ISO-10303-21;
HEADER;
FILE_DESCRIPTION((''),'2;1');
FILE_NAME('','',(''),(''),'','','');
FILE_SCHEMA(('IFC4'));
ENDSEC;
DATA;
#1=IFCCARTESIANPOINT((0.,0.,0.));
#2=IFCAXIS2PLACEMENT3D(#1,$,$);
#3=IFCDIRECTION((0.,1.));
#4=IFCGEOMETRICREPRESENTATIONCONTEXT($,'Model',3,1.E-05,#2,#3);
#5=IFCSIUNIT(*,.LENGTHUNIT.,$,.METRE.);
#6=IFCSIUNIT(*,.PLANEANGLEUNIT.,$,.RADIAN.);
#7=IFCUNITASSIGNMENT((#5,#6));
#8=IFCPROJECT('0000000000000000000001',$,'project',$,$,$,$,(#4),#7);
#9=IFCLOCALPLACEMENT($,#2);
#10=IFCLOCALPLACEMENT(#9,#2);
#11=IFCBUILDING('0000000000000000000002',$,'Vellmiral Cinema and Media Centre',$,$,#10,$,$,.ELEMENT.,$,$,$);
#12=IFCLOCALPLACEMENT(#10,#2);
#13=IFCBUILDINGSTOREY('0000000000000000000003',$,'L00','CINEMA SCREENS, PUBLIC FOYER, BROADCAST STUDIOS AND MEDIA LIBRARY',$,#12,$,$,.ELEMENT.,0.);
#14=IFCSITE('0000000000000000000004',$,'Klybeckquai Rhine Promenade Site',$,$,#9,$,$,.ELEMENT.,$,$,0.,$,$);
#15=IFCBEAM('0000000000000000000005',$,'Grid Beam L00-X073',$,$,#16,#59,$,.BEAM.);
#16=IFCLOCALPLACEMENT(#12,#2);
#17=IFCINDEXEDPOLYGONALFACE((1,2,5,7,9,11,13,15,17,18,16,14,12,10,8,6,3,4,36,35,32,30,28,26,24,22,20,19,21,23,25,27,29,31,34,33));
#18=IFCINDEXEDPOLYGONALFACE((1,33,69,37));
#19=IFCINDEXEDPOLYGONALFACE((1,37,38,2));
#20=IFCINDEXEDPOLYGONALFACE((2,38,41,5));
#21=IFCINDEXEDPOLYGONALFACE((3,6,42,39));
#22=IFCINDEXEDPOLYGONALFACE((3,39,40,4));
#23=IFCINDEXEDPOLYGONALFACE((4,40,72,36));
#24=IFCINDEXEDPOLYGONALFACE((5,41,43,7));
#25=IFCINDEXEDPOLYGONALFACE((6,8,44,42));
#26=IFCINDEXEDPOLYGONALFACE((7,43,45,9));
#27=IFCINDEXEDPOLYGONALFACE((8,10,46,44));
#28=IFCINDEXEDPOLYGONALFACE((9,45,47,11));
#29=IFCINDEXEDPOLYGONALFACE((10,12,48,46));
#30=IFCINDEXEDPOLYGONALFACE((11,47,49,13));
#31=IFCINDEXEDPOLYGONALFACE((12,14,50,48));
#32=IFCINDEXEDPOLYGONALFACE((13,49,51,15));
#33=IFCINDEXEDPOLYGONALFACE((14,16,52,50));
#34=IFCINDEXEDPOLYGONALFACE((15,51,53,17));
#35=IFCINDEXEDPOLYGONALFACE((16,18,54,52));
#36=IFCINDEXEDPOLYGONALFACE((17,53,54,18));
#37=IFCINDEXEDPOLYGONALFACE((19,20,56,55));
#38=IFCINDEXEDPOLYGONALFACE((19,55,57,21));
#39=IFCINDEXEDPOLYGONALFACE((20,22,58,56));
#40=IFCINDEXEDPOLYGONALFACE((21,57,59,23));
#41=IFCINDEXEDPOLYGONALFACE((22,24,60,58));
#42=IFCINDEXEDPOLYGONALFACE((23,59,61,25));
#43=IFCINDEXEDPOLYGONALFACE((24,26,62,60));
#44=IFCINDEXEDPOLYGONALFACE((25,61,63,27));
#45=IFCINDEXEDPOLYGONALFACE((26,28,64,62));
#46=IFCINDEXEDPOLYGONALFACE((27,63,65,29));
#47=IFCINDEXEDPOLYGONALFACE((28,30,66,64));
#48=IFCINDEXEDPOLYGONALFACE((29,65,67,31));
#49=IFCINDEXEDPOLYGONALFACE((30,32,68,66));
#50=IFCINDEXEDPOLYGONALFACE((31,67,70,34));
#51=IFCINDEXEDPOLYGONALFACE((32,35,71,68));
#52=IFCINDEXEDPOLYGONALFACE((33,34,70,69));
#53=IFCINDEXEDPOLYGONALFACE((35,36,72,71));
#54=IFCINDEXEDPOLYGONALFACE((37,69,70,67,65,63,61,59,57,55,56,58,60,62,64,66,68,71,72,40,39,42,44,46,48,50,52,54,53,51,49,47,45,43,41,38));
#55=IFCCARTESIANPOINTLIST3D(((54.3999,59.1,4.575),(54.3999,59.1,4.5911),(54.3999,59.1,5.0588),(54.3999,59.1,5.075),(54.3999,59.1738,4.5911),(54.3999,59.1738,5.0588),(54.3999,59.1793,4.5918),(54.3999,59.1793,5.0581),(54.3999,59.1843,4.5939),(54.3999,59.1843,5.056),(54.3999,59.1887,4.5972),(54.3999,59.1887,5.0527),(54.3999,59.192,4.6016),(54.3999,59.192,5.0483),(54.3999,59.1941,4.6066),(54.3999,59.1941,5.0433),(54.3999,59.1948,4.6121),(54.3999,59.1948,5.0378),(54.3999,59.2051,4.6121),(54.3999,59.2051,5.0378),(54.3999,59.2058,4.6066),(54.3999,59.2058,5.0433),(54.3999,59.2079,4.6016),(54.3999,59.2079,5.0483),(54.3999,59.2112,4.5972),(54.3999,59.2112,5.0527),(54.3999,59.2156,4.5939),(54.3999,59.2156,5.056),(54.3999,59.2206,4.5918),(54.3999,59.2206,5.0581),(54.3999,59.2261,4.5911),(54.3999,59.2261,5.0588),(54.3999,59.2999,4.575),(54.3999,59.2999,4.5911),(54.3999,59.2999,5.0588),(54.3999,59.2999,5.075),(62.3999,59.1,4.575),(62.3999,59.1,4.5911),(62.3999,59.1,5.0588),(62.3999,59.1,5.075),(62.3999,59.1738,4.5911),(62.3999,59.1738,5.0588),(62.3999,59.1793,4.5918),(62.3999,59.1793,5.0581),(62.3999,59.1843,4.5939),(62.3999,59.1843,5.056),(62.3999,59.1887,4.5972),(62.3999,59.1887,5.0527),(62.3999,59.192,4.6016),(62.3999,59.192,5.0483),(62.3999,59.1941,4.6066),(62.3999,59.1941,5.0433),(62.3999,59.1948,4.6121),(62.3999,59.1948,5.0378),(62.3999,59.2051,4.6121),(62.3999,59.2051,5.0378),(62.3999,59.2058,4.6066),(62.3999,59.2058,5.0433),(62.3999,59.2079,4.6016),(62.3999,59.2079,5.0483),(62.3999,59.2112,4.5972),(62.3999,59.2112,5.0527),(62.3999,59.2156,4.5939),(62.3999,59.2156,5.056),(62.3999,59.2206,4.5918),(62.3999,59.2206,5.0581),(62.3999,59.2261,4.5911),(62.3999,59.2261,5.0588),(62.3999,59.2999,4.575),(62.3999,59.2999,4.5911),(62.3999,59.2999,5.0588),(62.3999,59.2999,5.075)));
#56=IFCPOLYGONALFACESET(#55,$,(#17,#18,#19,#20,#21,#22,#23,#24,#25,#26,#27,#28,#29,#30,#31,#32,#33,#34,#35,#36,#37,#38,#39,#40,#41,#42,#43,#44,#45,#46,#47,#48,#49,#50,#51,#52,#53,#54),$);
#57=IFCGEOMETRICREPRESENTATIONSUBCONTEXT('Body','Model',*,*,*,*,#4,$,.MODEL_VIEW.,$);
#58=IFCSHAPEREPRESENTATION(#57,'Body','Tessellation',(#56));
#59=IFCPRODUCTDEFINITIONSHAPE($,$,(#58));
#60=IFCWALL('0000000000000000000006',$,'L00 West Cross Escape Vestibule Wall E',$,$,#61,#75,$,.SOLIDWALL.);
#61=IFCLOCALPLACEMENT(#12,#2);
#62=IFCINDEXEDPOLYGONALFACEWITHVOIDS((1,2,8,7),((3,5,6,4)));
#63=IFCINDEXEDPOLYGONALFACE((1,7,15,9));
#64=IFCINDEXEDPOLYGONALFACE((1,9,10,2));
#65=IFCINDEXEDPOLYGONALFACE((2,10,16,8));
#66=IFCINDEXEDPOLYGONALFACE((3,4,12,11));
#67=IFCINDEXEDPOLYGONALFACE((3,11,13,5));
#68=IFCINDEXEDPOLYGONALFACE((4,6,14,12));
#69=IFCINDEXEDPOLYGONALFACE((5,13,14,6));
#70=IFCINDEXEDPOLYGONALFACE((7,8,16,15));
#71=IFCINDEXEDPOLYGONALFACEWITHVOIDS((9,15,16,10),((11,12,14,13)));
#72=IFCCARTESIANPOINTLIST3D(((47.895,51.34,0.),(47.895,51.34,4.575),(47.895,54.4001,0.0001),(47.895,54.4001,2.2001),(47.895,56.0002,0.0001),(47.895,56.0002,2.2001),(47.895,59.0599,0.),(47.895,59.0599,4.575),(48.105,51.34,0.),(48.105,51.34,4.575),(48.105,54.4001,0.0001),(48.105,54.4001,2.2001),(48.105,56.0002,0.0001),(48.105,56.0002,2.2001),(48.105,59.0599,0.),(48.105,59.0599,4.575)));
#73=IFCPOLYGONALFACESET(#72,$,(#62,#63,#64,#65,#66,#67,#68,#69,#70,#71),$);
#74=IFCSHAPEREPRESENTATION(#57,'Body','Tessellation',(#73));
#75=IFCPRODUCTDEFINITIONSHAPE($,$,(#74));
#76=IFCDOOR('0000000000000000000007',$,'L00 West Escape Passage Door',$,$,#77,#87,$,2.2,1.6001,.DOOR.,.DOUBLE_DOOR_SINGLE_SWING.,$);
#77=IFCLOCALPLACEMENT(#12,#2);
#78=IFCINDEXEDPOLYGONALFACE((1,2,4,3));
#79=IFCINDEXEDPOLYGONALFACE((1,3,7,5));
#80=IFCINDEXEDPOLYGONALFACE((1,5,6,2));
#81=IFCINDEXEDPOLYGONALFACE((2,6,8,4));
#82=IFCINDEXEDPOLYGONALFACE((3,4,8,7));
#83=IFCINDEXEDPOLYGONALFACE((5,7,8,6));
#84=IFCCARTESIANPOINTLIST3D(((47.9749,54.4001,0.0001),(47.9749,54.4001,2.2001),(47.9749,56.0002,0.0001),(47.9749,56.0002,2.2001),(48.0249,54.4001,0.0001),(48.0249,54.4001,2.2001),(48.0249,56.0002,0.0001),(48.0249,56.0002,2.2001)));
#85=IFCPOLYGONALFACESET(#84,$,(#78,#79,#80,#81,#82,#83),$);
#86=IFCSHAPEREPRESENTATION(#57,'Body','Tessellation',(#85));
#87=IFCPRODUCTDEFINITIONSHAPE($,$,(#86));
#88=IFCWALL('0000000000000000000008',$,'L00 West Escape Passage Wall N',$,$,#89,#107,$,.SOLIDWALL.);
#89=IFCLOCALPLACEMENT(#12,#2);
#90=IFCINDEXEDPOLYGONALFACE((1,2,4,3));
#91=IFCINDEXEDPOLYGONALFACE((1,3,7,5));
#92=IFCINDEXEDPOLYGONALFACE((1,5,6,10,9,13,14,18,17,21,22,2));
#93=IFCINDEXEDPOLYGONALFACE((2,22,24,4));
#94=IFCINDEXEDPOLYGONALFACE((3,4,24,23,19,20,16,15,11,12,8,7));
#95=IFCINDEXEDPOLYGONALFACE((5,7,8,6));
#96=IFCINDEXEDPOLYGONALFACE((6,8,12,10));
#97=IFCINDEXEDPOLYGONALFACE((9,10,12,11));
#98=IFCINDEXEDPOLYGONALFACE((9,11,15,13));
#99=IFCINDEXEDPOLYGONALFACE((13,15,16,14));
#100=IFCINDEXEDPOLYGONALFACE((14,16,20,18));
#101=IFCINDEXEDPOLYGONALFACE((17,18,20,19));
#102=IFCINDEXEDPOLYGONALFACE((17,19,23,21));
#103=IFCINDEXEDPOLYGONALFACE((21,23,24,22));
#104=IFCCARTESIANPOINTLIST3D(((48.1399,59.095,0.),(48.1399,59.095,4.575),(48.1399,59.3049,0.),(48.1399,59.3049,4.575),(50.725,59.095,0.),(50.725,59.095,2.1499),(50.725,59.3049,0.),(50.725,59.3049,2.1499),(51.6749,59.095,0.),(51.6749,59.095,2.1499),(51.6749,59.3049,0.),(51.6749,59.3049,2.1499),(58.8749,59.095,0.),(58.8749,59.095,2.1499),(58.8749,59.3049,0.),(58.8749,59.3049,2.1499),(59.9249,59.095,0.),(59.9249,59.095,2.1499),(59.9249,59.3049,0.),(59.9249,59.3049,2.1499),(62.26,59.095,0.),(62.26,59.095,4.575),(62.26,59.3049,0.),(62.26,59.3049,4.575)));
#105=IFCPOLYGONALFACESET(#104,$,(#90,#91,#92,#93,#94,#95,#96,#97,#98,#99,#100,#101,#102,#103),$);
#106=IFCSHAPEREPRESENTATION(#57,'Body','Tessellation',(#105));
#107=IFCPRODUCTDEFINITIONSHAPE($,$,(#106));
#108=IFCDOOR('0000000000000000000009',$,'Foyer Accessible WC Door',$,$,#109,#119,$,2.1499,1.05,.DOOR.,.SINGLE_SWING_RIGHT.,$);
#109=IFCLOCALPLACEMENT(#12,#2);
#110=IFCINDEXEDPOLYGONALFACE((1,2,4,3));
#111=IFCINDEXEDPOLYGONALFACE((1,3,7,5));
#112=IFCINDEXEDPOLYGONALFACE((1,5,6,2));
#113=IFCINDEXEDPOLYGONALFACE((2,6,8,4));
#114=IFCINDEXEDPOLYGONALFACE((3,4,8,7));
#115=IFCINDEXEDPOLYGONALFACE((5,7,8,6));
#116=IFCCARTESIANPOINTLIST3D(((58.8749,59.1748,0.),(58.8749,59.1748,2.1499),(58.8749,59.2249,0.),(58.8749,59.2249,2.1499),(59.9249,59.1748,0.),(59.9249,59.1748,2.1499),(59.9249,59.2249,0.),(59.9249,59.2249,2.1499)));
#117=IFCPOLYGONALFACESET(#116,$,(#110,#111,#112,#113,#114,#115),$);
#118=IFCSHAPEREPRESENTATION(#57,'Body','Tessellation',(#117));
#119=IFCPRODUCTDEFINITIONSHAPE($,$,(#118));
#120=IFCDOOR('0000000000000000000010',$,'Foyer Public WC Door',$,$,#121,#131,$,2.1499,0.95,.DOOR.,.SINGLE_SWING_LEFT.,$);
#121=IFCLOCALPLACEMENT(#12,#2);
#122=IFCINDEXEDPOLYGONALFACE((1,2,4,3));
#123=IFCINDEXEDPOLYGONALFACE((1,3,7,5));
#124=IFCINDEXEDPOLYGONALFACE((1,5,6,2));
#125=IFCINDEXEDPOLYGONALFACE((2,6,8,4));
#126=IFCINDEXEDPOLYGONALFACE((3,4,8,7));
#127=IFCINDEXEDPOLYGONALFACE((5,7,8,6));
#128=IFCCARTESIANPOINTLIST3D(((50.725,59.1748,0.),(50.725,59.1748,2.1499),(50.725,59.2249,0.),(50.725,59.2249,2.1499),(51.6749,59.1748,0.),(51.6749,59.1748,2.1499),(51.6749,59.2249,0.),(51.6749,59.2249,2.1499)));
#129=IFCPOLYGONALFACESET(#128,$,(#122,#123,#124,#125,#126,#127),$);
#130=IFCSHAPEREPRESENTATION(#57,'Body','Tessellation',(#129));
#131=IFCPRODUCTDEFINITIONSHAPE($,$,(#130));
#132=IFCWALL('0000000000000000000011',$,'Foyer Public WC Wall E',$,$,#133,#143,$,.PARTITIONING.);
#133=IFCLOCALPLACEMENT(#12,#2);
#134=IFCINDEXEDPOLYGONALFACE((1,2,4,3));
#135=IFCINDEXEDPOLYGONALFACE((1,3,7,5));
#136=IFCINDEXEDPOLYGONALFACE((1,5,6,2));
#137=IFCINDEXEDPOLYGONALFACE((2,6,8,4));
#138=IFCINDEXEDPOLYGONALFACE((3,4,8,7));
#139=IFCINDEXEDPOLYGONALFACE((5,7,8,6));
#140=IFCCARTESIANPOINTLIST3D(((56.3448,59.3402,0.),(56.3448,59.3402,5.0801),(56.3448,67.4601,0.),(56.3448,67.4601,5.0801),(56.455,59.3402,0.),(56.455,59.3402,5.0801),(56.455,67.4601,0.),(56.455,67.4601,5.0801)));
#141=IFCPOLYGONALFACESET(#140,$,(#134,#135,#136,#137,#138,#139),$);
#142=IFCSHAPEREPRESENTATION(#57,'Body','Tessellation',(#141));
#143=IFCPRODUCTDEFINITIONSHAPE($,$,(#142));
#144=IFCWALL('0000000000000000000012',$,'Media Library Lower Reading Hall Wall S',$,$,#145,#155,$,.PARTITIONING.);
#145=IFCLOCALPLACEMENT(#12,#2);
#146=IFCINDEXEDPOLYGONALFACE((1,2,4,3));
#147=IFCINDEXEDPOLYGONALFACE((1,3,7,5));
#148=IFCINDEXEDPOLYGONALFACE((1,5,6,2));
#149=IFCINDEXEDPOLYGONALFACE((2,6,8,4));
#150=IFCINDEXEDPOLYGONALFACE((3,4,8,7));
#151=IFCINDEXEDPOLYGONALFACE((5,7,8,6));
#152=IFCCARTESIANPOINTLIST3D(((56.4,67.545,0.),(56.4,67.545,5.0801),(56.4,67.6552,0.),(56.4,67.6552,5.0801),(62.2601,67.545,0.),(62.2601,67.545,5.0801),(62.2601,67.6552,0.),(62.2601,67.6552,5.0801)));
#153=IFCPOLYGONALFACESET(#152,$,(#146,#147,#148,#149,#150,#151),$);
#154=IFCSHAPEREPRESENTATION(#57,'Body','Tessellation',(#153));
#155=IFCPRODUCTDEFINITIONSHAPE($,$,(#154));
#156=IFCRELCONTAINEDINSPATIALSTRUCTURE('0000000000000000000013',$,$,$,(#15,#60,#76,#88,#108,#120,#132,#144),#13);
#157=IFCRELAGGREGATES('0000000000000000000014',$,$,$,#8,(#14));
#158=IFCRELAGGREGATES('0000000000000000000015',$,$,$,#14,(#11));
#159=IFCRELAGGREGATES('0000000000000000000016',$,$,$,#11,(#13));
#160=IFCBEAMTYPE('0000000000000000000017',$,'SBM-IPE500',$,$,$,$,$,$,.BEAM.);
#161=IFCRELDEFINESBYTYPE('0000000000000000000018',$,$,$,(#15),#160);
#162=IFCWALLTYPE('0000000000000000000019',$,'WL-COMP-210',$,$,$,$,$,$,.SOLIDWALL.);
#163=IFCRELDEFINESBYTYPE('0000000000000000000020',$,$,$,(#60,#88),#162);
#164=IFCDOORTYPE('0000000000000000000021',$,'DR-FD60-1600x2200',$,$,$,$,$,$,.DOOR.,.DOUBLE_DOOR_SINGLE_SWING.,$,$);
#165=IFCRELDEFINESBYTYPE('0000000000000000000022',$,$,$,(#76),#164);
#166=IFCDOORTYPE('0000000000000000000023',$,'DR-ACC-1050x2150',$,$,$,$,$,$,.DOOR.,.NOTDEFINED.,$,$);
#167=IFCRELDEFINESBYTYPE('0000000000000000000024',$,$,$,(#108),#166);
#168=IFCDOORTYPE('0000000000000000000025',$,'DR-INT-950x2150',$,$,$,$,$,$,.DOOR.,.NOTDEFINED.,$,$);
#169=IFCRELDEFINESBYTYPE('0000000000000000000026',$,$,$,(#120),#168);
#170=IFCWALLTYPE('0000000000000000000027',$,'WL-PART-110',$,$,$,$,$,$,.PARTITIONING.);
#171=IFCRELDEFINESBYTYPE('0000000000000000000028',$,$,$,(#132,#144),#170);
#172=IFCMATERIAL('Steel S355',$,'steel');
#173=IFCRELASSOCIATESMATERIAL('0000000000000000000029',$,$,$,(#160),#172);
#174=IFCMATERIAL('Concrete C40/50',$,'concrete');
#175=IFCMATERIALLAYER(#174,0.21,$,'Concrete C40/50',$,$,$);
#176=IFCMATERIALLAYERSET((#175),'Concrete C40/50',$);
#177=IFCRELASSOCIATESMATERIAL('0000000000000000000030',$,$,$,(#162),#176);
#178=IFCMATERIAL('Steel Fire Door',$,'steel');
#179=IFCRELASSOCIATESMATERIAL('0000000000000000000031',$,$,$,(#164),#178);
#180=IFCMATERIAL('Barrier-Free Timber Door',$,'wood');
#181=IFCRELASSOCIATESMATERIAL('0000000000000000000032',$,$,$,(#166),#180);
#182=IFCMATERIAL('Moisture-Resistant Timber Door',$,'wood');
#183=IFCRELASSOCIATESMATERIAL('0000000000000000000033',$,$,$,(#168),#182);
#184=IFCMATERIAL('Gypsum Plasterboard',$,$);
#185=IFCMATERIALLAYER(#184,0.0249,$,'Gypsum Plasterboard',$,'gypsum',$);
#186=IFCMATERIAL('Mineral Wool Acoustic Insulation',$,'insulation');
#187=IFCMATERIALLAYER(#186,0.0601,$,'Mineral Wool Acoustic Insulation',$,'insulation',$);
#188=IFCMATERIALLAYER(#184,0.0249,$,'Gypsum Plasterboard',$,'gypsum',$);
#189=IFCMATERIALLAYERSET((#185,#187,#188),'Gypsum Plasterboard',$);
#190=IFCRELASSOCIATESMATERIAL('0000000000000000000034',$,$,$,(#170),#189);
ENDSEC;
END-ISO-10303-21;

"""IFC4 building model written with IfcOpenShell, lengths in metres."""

from ifc_helpers import new_model, si_unit, direction, frame, frame_2d, origin, origin_2d, place, context, subcontext, project, spatial, rectangle, i_section, extrude, material, layer, layer_set, material_profile, profile_set, type_object, element, fill, save


model = new_model("IFC4")

# Units and contexts
model_context = context("Model", 3, precision=1e-05, world=origin(), true_north=direction((0.0, 1.0)))
body_context = subcontext(model_context, "Body", "Model", "MODEL_VIEW")
ifc_project = project(units=[si_unit("LENGTHUNIT", "METRE"), si_unit("PLANEANGLEUNIT", "RADIAN")], contexts=[model_context])

# Site, building, storey
site_placement = place(None, origin())
site = spatial("IfcSite", under=ifc_project, at=site_placement, Name="Klybeckquai Rhine Promenade Site", CompositionType="ELEMENT", RefElevation=0.0)
building_placement = place(site_placement, origin())
building = spatial("IfcBuilding", under=site, at=building_placement, Name="Vellmiral Cinema and Media Centre", CompositionType="ELEMENT")
storey_placement = place(building_placement, origin())
storey = spatial("IfcBuildingStorey", under=building, at=storey_placement, Name="L00", Description="CINEMA SCREENS, PUBLIC FOYER, BROADCAST STUDIOS AND MEDIA LIBRARY", CompositionType="ELEMENT", Elevation=0.0)

# Beam
ifc_material_1 = material(Name="Steel S355", Category="steel")
ifc_material_profile_1 = material_profile(ifc_material_1, i_section(OverallWidth=0.2, OverallDepth=0.5, WebThickness=0.0103, FlangeThickness=0.0161, FilletRadius=0.021, at=origin_2d()), Name="IPE 500")
ifc_profile_set_1 = profile_set([ifc_material_profile_1], Name="Steel S355")
beam_type_1 = type_object("IfcBeamType", Name="SBM-IPE500", PredefinedType="BEAM", material=ifc_profile_set_1)
beam_1_placement = place(storey_placement, frame((54.3999, 59.2, 4.825), z_axis=(1.0, 0.0, 0.0), x_axis=(0.0, 1.0, 0.0)))
element("IfcBeam", 1, at=beam_1_placement, inside=storey, type_object=beam_type_1, Name="Grid Beam L00-X073", PredefinedType="BEAM", context=body_context, shape_type="SweptSolid", body=[
    extrude(i_section(OverallWidth=0.2, OverallDepth=0.5, WebThickness=0.0103, FlangeThickness=0.0161, FilletRadius=0.021, at=origin_2d()), origin(), (0.0, 0.0, 1.0), 8.0),
])

# Wall, opening, door
ifc_material_2 = material(Name="Concrete C40/50", Category="concrete")
ifc_layer_1 = layer(ifc_material_2, 0.21, Name="Concrete C40/50")
ifc_layer_set_1 = layer_set([ifc_layer_1], Name="Concrete C40/50")
wall_type_1 = type_object("IfcWallType", Name="WL-COMP-210", PredefinedType="SOLIDWALL", material=ifc_layer_set_1)
wall_1_placement = place(storey_placement, frame((48.0, 51.3401, 0.0), z_axis=(0.0, 0.0, 1.0), x_axis=(0.0, 1.0, 0.0)))
wall_1 = element("IfcWall", 2, at=wall_1_placement, inside=storey, type_object=wall_type_1, Name="L00 West Cross Escape Vestibule Wall E", PredefinedType="SOLIDWALL", context=body_context, shape_type="SweptSolid", body=[
    extrude(rectangle(XDim=7.72, YDim=0.21, at=frame_2d((3.8599, 0.0))), origin(), (0.0, 0.0, 1.0), 4.575),
])
opening_1_placement = place(wall_1_placement, frame((3.0601, 0.0, 0.0)))
opening_1 = element("IfcOpeningElement", 3, at=opening_1_placement, cuts=wall_1, PredefinedType="OPENING", context=body_context, shape_type="SweptSolid", body=[
    extrude(rectangle(XDim=1.6001, YDim=2.2, at=frame_2d((0.8, 1.1001))), frame((0.0, 0.1169, 0.0), z_axis=(0.0, -1.0, 0.0), x_axis=(1.0, 0.0, 0.0)), (0.0, 0.0, 1.0), 0.2339),
])
ifc_material_3 = material(Name="Steel Fire Door", Category="steel")
door_type_1 = type_object("IfcDoorType", Name="DR-FD60-1600x2200", OperationType="DOUBLE_DOOR_SINGLE_SWING", PredefinedType="DOOR", material=ifc_material_3)
door_1_placement = place(opening_1_placement, frame((1.6001, 0.0, 0.0), z_axis=(0.0, 0.0, 1.0), x_axis=(-1.0, 0.0, 0.0)))
door_1 = element("IfcDoor", 4, at=door_1_placement, inside=storey, type_object=door_type_1, Name="L00 West Escape Passage Door", OperationType="DOUBLE_DOOR_SINGLE_SWING", OverallHeight=2.2, OverallWidth=1.6001, PredefinedType="DOOR", context=body_context, shape_type="SweptSolid", body=[
    extrude(rectangle(XDim=1.6001, YDim=2.2, at=frame_2d((0.8, 1.1001))), frame((0.0, 0.0249, 0.0), z_axis=(0.0, -1.0, 0.0), x_axis=(1.0, 0.0, 0.0)), (0.0, 0.0, 1.0), 0.05),
])
fill(opening_1, door_1)

# Wall, openings, doors
wall_2_placement = place(storey_placement, frame((48.1399, 59.2, 0.0), z_axis=(0.0, 0.0, 1.0), x_axis=(1.0, 0.0, 0.0)))
wall_2 = element("IfcWall", 5, at=wall_2_placement, inside=storey, type_object=wall_type_1, Name="L00 West Escape Passage Wall N", PredefinedType="SOLIDWALL", context=body_context, shape_type="SweptSolid", body=[
    extrude(rectangle(XDim=14.1201, YDim=0.21, at=frame_2d((7.0601, 0.0))), origin(), (0.0, 0.0, 1.0), 4.575),
])
opening_2_placement = place(wall_2_placement, frame((2.585, 0.0, 0.0)))
opening_2 = element("IfcOpeningElement", 6, at=opening_2_placement, cuts=wall_2, PredefinedType="OPENING", context=body_context, shape_type="SweptSolid", body=[
    extrude(rectangle(XDim=0.95, YDim=2.1499, at=frame_2d((0.4751, 1.075))), frame((0.0, 0.1169, 0.0), z_axis=(0.0, -1.0, 0.0), x_axis=(1.0, 0.0, 0.0)), (0.0, 0.0, 1.0), 0.2339),
])
opening_3_placement = place(wall_2_placement, frame((10.7351, 0.0, 0.0)))
opening_3 = element("IfcOpeningElement", 7, at=opening_3_placement, cuts=wall_2, PredefinedType="OPENING", context=body_context, shape_type="SweptSolid", body=[
    extrude(rectangle(XDim=1.05, YDim=2.1499, at=frame_2d((0.5249, 1.075))), frame((0.0, 0.1169, 0.0), z_axis=(0.0, -1.0, 0.0), x_axis=(1.0, 0.0, 0.0)), (0.0, 0.0, 1.0), 0.2339),
])
ifc_material_4 = material(Name="Barrier-Free Timber Door", Category="wood")
door_type_2 = type_object("IfcDoorType", Name="DR-ACC-1050x2150", OperationType="NOTDEFINED", PredefinedType="DOOR", material=ifc_material_4)
door_2_placement = place(opening_3_placement, origin())
door_2 = element("IfcDoor", 8, at=door_2_placement, inside=storey, type_object=door_type_2, Name="Foyer Accessible WC Door", OperationType="SINGLE_SWING_RIGHT", OverallHeight=2.1499, OverallWidth=1.05, PredefinedType="DOOR", context=body_context, shape_type="SweptSolid", body=[
    extrude(rectangle(XDim=1.05, YDim=2.1499, at=frame_2d((0.5249, 1.075))), frame((0.0, 0.0249, 0.0), z_axis=(0.0, -1.0, 0.0), x_axis=(1.0, 0.0, 0.0)), (0.0, 0.0, 1.0), 0.05),
])
fill(opening_3, door_2)
ifc_material_5 = material(Name="Moisture-Resistant Timber Door", Category="wood")
door_type_3 = type_object("IfcDoorType", Name="DR-INT-950x2150", OperationType="NOTDEFINED", PredefinedType="DOOR", material=ifc_material_5)
door_3_placement = place(opening_2_placement, origin())
door_3 = element("IfcDoor", 9, at=door_3_placement, inside=storey, type_object=door_type_3, Name="Foyer Public WC Door", OperationType="SINGLE_SWING_LEFT", OverallHeight=2.1499, OverallWidth=0.95, PredefinedType="DOOR", context=body_context, shape_type="SweptSolid", body=[
    extrude(rectangle(XDim=0.95, YDim=2.1499, at=frame_2d((0.4751, 1.075))), frame((0.0, 0.0249, 0.0), z_axis=(0.0, -1.0, 0.0), x_axis=(1.0, 0.0, 0.0)), (0.0, 0.0, 1.0), 0.05),
])
fill(opening_2, door_3)

# Walls
ifc_material_6 = material(Name="Gypsum Plasterboard")
ifc_layer_2 = layer(ifc_material_6, 0.0249, Name="Gypsum Plasterboard", Category="gypsum")
ifc_material_7 = material(Name="Mineral Wool Acoustic Insulation", Category="insulation")
ifc_layer_3 = layer(ifc_material_7, 0.0601, Name="Mineral Wool Acoustic Insulation", Category="insulation")
ifc_layer_4 = layer(ifc_material_6, 0.0249, Name="Gypsum Plasterboard", Category="gypsum")
ifc_layer_set_2 = layer_set([ifc_layer_2, ifc_layer_3, ifc_layer_4], Name="Gypsum Plasterboard")
wall_type_2 = type_object("IfcWallType", Name="WL-PART-110", PredefinedType="PARTITIONING", material=ifc_layer_set_2)
wall_3_placement = place(storey_placement, frame((56.3999, 59.3401, 0.0), z_axis=(0.0, 0.0, 1.0), x_axis=(0.0, 1.0, 0.0)))
element("IfcWall", 10, at=wall_3_placement, inside=storey, type_object=wall_type_2, Name="Foyer Public WC Wall E", PredefinedType="PARTITIONING", context=body_context, shape_type="SweptSolid", body=[
    extrude(rectangle(XDim=8.1199, YDim=0.1101, at=frame_2d((4.0601, 0.0))), origin(), (0.0, 0.0, 1.0), 5.0801),
])
wall_4_placement = place(storey_placement, frame((56.3999, 67.6001, 0.0), z_axis=(0.0, 0.0, 1.0), x_axis=(1.0, 0.0, 0.0)))
element("IfcWall", 11, at=wall_4_placement, inside=storey, type_object=wall_type_2, Name="Media Library Lower Reading Hall Wall S", PredefinedType="PARTITIONING", context=body_context, shape_type="SweptSolid", body=[
    extrude(rectangle(XDim=5.8601, YDim=0.1101, at=frame_2d((2.9302, 0.0))), origin(), (0.0, 0.0, 1.0), 5.0801),
])

save(model, "model.ifc")
